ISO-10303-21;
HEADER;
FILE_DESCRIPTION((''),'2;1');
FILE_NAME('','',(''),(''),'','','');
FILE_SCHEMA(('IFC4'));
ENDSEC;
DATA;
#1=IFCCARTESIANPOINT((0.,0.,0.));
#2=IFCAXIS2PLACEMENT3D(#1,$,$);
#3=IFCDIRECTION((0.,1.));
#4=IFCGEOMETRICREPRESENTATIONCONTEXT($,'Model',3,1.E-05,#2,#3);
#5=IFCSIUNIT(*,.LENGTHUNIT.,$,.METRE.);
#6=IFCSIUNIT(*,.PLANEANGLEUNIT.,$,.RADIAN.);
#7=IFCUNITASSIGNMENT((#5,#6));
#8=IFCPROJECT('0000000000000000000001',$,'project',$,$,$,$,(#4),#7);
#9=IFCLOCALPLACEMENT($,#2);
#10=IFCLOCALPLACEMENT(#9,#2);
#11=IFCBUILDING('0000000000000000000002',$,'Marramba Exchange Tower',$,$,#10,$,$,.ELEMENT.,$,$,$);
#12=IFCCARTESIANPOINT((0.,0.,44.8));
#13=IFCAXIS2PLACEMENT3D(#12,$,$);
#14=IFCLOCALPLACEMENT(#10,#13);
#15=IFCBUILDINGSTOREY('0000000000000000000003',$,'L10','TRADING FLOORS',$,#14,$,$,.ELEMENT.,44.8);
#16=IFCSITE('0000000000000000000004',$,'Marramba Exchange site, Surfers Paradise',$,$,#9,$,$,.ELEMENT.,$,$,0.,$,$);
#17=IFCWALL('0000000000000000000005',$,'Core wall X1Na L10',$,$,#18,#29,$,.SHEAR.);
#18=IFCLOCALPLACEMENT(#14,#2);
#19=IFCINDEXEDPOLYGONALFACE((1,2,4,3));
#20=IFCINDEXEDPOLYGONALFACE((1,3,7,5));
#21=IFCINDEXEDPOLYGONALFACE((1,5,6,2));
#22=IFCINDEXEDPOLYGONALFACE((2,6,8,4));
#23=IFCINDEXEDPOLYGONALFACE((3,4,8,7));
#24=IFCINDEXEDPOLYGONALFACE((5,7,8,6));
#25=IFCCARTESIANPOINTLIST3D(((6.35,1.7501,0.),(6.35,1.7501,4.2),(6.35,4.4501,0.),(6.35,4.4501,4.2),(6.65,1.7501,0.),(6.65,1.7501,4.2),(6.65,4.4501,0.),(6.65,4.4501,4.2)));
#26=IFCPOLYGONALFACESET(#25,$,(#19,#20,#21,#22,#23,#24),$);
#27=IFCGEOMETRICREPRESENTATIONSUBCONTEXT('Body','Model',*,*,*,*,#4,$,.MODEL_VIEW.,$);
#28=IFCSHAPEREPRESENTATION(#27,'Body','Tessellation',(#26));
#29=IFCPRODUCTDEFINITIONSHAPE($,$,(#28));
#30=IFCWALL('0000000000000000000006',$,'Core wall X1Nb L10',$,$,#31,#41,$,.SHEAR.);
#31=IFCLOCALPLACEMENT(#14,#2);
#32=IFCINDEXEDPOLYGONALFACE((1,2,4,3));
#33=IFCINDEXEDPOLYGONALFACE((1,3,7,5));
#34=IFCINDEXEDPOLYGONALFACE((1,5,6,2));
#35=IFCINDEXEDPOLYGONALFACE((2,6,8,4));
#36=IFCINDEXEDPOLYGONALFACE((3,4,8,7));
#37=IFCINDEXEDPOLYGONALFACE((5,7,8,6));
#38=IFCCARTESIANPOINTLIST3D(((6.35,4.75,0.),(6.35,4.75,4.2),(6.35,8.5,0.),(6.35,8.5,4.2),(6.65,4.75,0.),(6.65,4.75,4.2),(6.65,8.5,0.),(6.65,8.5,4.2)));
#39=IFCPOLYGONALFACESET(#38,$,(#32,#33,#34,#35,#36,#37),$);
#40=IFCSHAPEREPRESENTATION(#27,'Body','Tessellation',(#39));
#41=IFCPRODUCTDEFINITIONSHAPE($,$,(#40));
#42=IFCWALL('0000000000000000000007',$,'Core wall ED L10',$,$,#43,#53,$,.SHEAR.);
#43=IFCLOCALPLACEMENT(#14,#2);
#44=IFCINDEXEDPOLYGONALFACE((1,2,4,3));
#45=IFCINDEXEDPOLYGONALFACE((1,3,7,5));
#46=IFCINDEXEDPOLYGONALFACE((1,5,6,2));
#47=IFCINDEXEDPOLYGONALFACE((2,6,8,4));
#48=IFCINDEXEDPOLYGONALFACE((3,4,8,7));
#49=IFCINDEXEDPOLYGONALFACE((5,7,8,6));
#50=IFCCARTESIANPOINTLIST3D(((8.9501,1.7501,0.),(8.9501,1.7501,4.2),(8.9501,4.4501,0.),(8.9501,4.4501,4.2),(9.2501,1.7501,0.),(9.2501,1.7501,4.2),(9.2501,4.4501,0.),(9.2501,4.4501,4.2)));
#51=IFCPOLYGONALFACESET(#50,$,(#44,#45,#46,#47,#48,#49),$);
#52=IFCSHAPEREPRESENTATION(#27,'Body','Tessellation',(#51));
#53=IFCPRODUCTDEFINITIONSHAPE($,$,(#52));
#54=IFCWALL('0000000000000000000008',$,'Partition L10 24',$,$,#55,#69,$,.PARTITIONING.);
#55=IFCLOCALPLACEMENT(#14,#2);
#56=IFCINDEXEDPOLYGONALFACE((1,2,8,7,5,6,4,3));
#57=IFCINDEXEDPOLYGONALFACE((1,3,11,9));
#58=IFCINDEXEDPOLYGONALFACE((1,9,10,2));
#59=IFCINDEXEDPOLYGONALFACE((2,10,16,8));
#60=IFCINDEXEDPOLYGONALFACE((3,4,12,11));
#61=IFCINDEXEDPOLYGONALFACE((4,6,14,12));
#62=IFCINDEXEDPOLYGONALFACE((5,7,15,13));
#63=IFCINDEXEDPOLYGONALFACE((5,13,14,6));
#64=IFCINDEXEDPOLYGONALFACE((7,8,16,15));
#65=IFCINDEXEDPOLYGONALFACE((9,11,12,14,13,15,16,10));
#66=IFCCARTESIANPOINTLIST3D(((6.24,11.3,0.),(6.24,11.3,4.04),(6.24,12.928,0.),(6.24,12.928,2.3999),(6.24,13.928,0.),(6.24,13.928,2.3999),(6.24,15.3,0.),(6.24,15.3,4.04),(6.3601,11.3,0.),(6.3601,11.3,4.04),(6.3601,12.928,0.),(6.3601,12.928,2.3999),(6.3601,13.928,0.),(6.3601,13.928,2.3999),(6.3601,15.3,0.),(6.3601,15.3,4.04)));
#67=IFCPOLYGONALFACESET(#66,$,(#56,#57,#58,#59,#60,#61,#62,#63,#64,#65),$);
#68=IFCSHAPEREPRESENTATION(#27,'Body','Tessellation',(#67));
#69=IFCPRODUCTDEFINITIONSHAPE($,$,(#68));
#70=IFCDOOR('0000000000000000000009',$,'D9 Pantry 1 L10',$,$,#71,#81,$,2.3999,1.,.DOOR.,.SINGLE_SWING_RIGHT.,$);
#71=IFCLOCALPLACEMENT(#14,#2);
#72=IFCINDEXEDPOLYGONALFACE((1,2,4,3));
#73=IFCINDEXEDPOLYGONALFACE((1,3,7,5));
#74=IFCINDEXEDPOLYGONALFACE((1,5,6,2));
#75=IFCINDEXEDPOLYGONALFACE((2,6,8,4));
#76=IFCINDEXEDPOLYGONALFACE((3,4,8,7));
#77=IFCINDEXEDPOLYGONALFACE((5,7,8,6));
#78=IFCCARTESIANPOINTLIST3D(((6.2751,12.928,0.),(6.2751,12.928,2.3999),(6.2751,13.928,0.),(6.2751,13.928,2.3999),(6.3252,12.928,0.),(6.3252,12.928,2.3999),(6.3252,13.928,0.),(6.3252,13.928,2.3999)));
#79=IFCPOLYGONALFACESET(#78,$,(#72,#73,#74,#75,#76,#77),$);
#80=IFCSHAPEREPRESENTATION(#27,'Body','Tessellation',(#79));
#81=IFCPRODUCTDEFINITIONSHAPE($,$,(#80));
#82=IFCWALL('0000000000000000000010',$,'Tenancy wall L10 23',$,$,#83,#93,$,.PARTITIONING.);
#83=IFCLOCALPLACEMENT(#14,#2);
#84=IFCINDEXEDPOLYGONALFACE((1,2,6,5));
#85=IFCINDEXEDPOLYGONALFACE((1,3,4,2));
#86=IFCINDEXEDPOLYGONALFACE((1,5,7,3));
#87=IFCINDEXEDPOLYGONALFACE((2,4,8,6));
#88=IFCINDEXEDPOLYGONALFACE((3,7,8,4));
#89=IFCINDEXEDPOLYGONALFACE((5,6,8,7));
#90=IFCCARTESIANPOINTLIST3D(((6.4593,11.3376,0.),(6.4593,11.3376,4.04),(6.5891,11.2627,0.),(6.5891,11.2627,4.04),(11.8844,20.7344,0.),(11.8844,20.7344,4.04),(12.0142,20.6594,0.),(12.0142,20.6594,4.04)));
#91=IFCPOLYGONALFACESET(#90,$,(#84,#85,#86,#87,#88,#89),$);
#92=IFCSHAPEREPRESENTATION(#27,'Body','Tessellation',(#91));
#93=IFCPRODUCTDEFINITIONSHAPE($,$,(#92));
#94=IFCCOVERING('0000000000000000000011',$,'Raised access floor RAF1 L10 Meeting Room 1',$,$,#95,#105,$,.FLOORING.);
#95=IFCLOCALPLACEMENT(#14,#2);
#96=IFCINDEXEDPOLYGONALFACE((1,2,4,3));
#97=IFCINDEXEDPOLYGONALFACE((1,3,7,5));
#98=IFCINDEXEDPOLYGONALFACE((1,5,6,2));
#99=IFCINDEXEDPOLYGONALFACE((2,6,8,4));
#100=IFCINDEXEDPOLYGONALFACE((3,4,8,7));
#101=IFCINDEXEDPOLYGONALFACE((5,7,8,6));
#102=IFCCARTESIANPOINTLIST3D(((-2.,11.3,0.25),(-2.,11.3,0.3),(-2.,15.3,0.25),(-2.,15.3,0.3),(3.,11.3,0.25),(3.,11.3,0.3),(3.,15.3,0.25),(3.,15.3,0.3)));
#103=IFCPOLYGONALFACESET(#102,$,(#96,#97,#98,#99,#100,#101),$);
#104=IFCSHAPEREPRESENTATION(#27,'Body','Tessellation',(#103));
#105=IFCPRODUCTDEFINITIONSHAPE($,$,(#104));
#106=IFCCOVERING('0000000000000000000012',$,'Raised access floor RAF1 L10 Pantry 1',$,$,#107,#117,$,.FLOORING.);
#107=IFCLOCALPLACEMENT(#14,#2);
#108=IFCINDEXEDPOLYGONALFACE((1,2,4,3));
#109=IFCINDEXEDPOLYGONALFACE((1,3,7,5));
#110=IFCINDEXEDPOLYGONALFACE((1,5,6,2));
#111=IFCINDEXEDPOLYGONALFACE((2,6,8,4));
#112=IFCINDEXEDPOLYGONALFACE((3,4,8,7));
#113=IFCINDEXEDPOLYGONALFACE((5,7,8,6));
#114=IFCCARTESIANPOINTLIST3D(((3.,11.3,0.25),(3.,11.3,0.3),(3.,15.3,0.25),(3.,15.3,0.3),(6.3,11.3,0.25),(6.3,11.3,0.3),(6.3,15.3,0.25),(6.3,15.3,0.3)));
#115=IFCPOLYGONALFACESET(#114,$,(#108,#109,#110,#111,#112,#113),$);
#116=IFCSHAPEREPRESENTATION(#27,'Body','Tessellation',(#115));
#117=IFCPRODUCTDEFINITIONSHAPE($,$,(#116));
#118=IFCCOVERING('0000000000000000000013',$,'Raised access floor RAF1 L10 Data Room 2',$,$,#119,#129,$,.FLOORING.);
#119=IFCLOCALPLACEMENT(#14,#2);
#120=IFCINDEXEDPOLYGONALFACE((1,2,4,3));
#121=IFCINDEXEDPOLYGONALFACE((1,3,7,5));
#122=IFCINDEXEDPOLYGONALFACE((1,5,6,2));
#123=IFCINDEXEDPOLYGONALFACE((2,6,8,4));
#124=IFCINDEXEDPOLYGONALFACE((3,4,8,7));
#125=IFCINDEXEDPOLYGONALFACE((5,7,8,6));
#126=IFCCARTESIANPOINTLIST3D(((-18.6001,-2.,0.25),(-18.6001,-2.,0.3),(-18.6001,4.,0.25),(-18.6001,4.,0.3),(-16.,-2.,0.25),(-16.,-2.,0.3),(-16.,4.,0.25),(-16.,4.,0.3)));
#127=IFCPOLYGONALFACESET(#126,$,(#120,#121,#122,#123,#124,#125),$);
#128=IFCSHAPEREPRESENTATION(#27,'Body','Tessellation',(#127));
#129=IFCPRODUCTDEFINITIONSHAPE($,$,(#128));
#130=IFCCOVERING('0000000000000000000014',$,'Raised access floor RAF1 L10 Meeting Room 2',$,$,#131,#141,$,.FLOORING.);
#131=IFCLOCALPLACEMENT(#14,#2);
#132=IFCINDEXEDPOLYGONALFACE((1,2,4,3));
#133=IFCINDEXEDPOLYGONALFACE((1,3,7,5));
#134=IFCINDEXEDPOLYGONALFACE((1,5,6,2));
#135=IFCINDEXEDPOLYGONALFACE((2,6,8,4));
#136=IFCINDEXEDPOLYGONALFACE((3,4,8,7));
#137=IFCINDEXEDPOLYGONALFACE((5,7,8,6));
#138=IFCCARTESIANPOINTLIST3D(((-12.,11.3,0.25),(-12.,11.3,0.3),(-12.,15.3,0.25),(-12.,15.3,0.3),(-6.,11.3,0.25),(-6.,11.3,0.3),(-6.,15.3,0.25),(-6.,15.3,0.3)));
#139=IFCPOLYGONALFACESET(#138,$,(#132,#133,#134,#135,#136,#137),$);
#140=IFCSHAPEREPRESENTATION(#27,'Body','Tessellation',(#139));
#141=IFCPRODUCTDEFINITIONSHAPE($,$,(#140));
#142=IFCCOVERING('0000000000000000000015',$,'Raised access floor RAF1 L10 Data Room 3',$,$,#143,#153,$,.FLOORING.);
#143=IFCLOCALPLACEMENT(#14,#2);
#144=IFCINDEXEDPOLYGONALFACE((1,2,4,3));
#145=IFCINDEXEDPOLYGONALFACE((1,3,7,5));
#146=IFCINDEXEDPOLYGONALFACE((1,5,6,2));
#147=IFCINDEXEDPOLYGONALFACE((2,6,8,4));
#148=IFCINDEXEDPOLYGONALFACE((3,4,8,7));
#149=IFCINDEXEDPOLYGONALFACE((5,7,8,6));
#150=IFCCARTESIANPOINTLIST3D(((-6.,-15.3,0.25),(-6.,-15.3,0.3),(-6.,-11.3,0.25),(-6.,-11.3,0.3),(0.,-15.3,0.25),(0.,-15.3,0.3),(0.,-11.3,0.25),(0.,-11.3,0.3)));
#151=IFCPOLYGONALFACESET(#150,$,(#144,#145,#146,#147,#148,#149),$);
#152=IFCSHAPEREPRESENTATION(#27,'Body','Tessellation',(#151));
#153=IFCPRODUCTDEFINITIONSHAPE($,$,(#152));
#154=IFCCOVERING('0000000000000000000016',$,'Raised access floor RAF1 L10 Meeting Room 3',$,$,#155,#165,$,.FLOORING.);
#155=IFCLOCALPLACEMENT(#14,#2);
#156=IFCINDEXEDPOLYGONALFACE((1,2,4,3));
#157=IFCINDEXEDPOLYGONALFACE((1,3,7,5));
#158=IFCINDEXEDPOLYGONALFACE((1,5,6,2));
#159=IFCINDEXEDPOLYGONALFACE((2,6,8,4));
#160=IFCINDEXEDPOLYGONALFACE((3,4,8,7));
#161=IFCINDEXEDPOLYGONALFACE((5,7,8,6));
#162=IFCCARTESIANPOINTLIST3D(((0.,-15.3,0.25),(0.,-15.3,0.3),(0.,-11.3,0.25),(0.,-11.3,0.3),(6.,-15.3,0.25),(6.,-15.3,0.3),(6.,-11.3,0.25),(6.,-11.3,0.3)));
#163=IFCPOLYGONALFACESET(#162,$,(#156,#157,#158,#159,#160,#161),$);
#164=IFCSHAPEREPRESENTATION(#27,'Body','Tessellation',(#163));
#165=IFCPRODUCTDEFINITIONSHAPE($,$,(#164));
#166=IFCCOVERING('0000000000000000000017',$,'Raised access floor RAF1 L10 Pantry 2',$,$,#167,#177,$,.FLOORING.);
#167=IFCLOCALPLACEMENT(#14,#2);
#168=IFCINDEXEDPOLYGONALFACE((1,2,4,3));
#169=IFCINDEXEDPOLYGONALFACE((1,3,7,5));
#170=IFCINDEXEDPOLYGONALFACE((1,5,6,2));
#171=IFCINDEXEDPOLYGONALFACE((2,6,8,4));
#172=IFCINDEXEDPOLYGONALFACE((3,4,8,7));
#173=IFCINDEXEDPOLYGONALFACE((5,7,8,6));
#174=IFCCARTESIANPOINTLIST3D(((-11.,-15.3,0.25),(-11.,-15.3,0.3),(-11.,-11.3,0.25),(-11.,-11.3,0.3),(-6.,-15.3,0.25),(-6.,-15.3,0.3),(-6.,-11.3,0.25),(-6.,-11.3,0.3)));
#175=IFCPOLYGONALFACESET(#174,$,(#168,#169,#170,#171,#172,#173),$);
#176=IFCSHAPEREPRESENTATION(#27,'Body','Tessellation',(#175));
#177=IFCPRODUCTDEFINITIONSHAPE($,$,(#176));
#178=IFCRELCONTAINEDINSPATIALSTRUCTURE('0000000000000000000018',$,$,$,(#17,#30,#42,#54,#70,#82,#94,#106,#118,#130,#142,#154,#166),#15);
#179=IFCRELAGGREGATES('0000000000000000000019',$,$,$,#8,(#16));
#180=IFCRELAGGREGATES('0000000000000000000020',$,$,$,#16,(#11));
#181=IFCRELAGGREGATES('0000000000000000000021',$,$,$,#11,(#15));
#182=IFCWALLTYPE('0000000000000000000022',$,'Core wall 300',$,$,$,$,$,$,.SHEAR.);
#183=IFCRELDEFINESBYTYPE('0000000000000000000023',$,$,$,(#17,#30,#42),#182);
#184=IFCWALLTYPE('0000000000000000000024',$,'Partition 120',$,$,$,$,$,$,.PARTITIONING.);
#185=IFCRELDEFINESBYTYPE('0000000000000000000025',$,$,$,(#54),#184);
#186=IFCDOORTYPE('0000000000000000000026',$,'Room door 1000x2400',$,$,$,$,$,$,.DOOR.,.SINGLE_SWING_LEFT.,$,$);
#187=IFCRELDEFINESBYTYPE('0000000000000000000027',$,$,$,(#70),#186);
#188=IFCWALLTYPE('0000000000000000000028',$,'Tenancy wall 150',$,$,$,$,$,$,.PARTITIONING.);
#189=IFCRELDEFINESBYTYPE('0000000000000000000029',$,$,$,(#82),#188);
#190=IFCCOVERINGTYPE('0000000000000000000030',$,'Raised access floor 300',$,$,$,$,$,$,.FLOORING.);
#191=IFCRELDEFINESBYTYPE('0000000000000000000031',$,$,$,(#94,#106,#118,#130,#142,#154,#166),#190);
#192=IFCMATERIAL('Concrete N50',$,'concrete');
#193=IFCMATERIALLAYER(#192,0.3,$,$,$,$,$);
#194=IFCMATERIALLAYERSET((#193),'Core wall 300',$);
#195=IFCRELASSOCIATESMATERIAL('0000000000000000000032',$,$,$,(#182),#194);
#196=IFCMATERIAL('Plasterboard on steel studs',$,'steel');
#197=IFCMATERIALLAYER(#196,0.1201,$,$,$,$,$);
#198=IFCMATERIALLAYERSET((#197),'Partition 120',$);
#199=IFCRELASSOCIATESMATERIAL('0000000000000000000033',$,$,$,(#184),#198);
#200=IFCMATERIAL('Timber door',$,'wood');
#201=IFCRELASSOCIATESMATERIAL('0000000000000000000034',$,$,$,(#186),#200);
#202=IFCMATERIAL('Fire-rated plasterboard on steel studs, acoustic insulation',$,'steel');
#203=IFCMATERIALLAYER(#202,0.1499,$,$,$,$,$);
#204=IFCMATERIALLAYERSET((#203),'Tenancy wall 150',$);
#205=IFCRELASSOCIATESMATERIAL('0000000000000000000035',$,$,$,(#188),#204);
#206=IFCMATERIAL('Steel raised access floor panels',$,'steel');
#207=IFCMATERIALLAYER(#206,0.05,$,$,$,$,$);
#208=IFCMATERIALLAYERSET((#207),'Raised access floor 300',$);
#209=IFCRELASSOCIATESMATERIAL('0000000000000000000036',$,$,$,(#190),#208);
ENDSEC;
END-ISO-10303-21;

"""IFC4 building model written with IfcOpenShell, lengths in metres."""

from ifc_helpers import new_model, si_unit, direction, frame, frame_2d, origin, place, context, subcontext, project, spatial, polyline, rectangle, outline, extrude, material, layer, layer_set, type_object, element, fill, save


model = new_model("IFC4")

# Units and contexts
model_context = context("Model", 3, precision=1e-05, world=origin(), true_north=direction((0.0, 1.0)))
body_context = subcontext(model_context, "Body", "Model", "MODEL_VIEW")
ifc_project = project(units=[si_unit("LENGTHUNIT", "METRE"), si_unit("PLANEANGLEUNIT", "RADIAN")], contexts=[model_context])

# Site, building, storey
site_placement = place(None, origin())
site = spatial("IfcSite", under=ifc_project, at=site_placement, Name="Marramba Exchange site, Surfers Paradise", CompositionType="ELEMENT", RefElevation=0.0)
building_placement = place(site_placement, origin())
building = spatial("IfcBuilding", under=site, at=building_placement, Name="Marramba Exchange Tower", CompositionType="ELEMENT")
storey_placement = place(building_placement, frame((0.0, 0.0, 44.8)))
storey = spatial("IfcBuildingStorey", under=building, at=storey_placement, Name="L10", Description="TRADING FLOORS", CompositionType="ELEMENT", Elevation=44.8)

# Walls
ifc_material_1 = material(Name="Concrete N50", Category="concrete")
ifc_layer_1 = layer(ifc_material_1, 0.3)
ifc_layer_set_1 = layer_set([ifc_layer_1], Name="Core wall 300")
wall_type_1 = type_object("IfcWallType", Name="Core wall 300", PredefinedType="SHEAR", material=ifc_layer_set_1)
wall_1_placement = place(storey_placement, frame((6.5, 1.75, 0.0), z_axis=(0.0, 0.0, 1.0), x_axis=(0.0, 1.0, 0.0)))
element("IfcWall", 1, at=wall_1_placement, inside=storey, type_object=wall_type_1, Name="Core wall X1Na L10", PredefinedType="SHEAR", context=body_context, shape_type="SweptSolid", body=[
    extrude(rectangle(XDim=2.7, YDim=0.3, at=frame_2d((1.3501, 0.0))), origin(), (0.0, 0.0, 1.0), 4.2),
])
wall_2_placement = place(storey_placement, frame((6.5, 4.75, 0.0), z_axis=(0.0, 0.0, 1.0), x_axis=(0.0, 1.0, 0.0)))
element("IfcWall", 2, at=wall_2_placement, inside=storey, type_object=wall_type_1, Name="Core wall X1Nb L10", PredefinedType="SHEAR", context=body_context, shape_type="SweptSolid", body=[
    extrude(rectangle(XDim=3.75, YDim=0.3, at=frame_2d((1.875, 0.0))), origin(), (0.0, 0.0, 1.0), 4.2),
])
wall_3_placement = place(storey_placement, frame((9.1001, 1.75, 0.0), z_axis=(0.0, 0.0, 1.0), x_axis=(0.0, 1.0, 0.0)))
element("IfcWall", 3, at=wall_3_placement, inside=storey, type_object=wall_type_1, Name="Core wall ED L10", PredefinedType="SHEAR", context=body_context, shape_type="SweptSolid", body=[
    extrude(rectangle(XDim=2.7, YDim=0.3, at=frame_2d((1.3501, 0.0))), origin(), (0.0, 0.0, 1.0), 4.2),
])

# Wall, opening, door
ifc_material_2 = material(Name="Plasterboard on steel studs", Category="steel")
ifc_layer_2 = layer(ifc_material_2, 0.1201)
ifc_layer_set_2 = layer_set([ifc_layer_2], Name="Partition 120")
wall_type_2 = type_object("IfcWallType", Name="Partition 120", PredefinedType="PARTITIONING", material=ifc_layer_set_2)
wall_4_placement = place(storey_placement, frame((6.3, 11.3, 0.0), z_axis=(0.0, 0.0, 1.0), x_axis=(0.0, 1.0, 0.0)))
wall_4 = element("IfcWall", 4, at=wall_4_placement, inside=storey, type_object=wall_type_2, Name="Partition L10 24", PredefinedType="PARTITIONING", context=body_context, shape_type="SweptSolid", body=[
    extrude(rectangle(XDim=4.0, YDim=0.1201, at=frame_2d((2.0, 0.0))), origin(), (0.0, 0.0, 1.0), 4.04),
])
opening_placement = place(wall_4_placement, frame((1.6279, 0.0, 0.0)))
opening = element("IfcOpeningElement", 5, at=opening_placement, cuts=wall_4, PredefinedType="OPENING", context=body_context, shape_type="SweptSolid", body=[
    extrude(rectangle(XDim=1.0, YDim=2.3999, at=frame_2d((0.5, 1.2))), frame((0.0, 0.0701, 0.0), z_axis=(0.0, -1.0, 0.0), x_axis=(1.0, 0.0, 0.0)), (0.0, 0.0, 1.0), 0.1401),
])
ifc_material_3 = material(Name="Timber door", Category="wood")
door_type = type_object("IfcDoorType", Name="Room door 1000x2400", OperationType="SINGLE_SWING_LEFT", PredefinedType="DOOR", material=ifc_material_3)
door_placement = place(opening_placement, origin())
door = element("IfcDoor", 6, at=door_placement, inside=storey, type_object=door_type, Name="D9 Pantry 1 L10", OperationType="SINGLE_SWING_RIGHT", OverallHeight=2.3999, OverallWidth=1.0, PredefinedType="DOOR", context=body_context, shape_type="SweptSolid", body=[
    extrude(rectangle(XDim=1.0, YDim=2.3999, at=frame_2d((0.5, 1.2))), frame((0.0, 0.0249, 0.0), z_axis=(0.0, -1.0, 0.0), x_axis=(1.0, 0.0, 0.0)), (0.0, 0.0, 1.0), 0.05),
])
fill(opening, door)

# Wall
ifc_material_4 = material(Name="Fire-rated plasterboard on steel studs, acoustic insulation", Category="steel")
ifc_layer_3 = layer(ifc_material_4, 0.1499)
ifc_layer_set_3 = layer_set([ifc_layer_3], Name="Tenancy wall 150")
wall_type_3 = type_object("IfcWallType", Name="Tenancy wall 150", PredefinedType="PARTITIONING", material=ifc_layer_set_3)
wall_5_placement = place(storey_placement, frame((6.5242, 11.3, 0.0), z_axis=(0.0, 0.0, 1.0), x_axis=(0.499989, 0.866032, 0.0)))
element("IfcWall", 7, at=wall_5_placement, inside=storey, type_object=wall_type_3, Name="Tenancy wall L10 23", PredefinedType="PARTITIONING", context=body_context, shape_type="SweptSolid", body=[
    extrude(rectangle(XDim=10.8503, YDim=0.1499, at=frame_2d((5.4253, 0.0))), origin(), (0.0, 0.0, 1.0), 4.04),
])

# Coverings
ifc_material_5 = material(Name="Steel raised access floor panels", Category="steel")
ifc_layer_4 = layer(ifc_material_5, 0.05)
ifc_layer_set_4 = layer_set([ifc_layer_4], Name="Raised access floor 300")
covering_type_1 = type_object("IfcCoveringType", Name="Raised access floor 300", PredefinedType="FLOORING", material=ifc_layer_set_4)
covering_1_placement = place(storey_placement, frame((0.0, 0.0, 0.25)))
element("IfcCovering", 8, at=covering_1_placement, inside=storey, type_object=covering_type_1, Name="Raised access floor RAF1 L10 Meeting Room 1", PredefinedType="FLOORING", context=body_context, shape_type="SweptSolid", body=[
    extrude(outline(polyline([(3.0, 11.3), (-2.0, 11.3), (-2.0, 15.3), (3.0, 15.3), (3.0, 11.3)])), origin(), (0.0, 0.0, 1.0), 0.05),
])
covering_2_placement = place(storey_placement, frame((0.0, 0.0, 0.25)))
element("IfcCovering", 9, at=covering_2_placement, inside=storey, type_object=covering_type_1, Name="Raised access floor RAF1 L10 Pantry 1", PredefinedType="FLOORING", context=body_context, shape_type="SweptSolid", body=[
    extrude(outline(polyline([(6.3, 11.3), (3.0, 11.3), (3.0, 15.3), (6.3, 15.3), (6.3, 11.3)])), origin(), (0.0, 0.0, 1.0), 0.05),
])
covering_3_placement = place(storey_placement, frame((0.0, 0.0, 0.25)))
element("IfcCovering", 10, at=covering_3_placement, inside=storey, type_object=covering_type_1, Name="Raised access floor RAF1 L10 Data Room 2", PredefinedType="FLOORING", context=body_context, shape_type="SweptSolid", body=[
    extrude(outline(polyline([(-16.0, -2.0), (-18.6001, -2.0), (-18.6001, 4.0), (-16.0, 4.0), (-16.0, -2.0)])), origin(), (0.0, 0.0, 1.0), 0.05),
])
covering_4_placement = place(storey_placement, frame((0.0, 0.0, 0.25)))
element("IfcCovering", 11, at=covering_4_placement, inside=storey, type_object=covering_type_1, Name="Raised access floor RAF1 L10 Meeting Room 2", PredefinedType="FLOORING", context=body_context, shape_type="SweptSolid", body=[
    extrude(outline(polyline([(-6.0, 11.3), (-12.0, 11.3), (-12.0, 15.3), (-6.0, 15.3), (-6.0, 11.3)])), origin(), (0.0, 0.0, 1.0), 0.05),
])
covering_5_placement = place(storey_placement, frame((0.0, 0.0, 0.25)))
element("IfcCovering", 12, at=covering_5_placement, inside=storey, type_object=covering_type_1, Name="Raised access floor RAF1 L10 Data Room 3", PredefinedType="FLOORING", context=body_context, shape_type="SweptSolid", body=[
    extrude(outline(polyline([(0.0, -15.3), (-6.0, -15.3), (-6.0, -11.3), (0.0, -11.3), (0.0, -15.3)])), origin(), (0.0, 0.0, 1.0), 0.05),
])
covering_6_placement = place(storey_placement, frame((0.0, 0.0, 0.25)))
element("IfcCovering", 13, at=covering_6_placement, inside=storey, type_object=covering_type_1, Name="Raised access floor RAF1 L10 Meeting Room 3", PredefinedType="FLOORING", context=body_context, shape_type="SweptSolid", body=[
    extrude(outline(polyline([(6.0, -15.3), (0.0, -15.3), (0.0, -11.3), (6.0, -11.3), (6.0, -15.3)])), origin(), (0.0, 0.0, 1.0), 0.05),
])
covering_7_placement = place(storey_placement, frame((0.0, 0.0, 0.25)))
element("IfcCovering", 14, at=covering_7_placement, inside=storey, type_object=covering_type_1, Name="Raised access floor RAF1 L10 Pantry 2", PredefinedType="FLOORING", context=body_context, shape_type="SweptSolid", body=[
    extrude(outline(polyline([(-6.0, -15.3), (-11.0, -15.3), (-11.0, -11.3), (-6.0, -11.3), (-6.0, -15.3)])), origin(), (0.0, 0.0, 1.0), 0.05),
])

save(model, "model.ifc")
